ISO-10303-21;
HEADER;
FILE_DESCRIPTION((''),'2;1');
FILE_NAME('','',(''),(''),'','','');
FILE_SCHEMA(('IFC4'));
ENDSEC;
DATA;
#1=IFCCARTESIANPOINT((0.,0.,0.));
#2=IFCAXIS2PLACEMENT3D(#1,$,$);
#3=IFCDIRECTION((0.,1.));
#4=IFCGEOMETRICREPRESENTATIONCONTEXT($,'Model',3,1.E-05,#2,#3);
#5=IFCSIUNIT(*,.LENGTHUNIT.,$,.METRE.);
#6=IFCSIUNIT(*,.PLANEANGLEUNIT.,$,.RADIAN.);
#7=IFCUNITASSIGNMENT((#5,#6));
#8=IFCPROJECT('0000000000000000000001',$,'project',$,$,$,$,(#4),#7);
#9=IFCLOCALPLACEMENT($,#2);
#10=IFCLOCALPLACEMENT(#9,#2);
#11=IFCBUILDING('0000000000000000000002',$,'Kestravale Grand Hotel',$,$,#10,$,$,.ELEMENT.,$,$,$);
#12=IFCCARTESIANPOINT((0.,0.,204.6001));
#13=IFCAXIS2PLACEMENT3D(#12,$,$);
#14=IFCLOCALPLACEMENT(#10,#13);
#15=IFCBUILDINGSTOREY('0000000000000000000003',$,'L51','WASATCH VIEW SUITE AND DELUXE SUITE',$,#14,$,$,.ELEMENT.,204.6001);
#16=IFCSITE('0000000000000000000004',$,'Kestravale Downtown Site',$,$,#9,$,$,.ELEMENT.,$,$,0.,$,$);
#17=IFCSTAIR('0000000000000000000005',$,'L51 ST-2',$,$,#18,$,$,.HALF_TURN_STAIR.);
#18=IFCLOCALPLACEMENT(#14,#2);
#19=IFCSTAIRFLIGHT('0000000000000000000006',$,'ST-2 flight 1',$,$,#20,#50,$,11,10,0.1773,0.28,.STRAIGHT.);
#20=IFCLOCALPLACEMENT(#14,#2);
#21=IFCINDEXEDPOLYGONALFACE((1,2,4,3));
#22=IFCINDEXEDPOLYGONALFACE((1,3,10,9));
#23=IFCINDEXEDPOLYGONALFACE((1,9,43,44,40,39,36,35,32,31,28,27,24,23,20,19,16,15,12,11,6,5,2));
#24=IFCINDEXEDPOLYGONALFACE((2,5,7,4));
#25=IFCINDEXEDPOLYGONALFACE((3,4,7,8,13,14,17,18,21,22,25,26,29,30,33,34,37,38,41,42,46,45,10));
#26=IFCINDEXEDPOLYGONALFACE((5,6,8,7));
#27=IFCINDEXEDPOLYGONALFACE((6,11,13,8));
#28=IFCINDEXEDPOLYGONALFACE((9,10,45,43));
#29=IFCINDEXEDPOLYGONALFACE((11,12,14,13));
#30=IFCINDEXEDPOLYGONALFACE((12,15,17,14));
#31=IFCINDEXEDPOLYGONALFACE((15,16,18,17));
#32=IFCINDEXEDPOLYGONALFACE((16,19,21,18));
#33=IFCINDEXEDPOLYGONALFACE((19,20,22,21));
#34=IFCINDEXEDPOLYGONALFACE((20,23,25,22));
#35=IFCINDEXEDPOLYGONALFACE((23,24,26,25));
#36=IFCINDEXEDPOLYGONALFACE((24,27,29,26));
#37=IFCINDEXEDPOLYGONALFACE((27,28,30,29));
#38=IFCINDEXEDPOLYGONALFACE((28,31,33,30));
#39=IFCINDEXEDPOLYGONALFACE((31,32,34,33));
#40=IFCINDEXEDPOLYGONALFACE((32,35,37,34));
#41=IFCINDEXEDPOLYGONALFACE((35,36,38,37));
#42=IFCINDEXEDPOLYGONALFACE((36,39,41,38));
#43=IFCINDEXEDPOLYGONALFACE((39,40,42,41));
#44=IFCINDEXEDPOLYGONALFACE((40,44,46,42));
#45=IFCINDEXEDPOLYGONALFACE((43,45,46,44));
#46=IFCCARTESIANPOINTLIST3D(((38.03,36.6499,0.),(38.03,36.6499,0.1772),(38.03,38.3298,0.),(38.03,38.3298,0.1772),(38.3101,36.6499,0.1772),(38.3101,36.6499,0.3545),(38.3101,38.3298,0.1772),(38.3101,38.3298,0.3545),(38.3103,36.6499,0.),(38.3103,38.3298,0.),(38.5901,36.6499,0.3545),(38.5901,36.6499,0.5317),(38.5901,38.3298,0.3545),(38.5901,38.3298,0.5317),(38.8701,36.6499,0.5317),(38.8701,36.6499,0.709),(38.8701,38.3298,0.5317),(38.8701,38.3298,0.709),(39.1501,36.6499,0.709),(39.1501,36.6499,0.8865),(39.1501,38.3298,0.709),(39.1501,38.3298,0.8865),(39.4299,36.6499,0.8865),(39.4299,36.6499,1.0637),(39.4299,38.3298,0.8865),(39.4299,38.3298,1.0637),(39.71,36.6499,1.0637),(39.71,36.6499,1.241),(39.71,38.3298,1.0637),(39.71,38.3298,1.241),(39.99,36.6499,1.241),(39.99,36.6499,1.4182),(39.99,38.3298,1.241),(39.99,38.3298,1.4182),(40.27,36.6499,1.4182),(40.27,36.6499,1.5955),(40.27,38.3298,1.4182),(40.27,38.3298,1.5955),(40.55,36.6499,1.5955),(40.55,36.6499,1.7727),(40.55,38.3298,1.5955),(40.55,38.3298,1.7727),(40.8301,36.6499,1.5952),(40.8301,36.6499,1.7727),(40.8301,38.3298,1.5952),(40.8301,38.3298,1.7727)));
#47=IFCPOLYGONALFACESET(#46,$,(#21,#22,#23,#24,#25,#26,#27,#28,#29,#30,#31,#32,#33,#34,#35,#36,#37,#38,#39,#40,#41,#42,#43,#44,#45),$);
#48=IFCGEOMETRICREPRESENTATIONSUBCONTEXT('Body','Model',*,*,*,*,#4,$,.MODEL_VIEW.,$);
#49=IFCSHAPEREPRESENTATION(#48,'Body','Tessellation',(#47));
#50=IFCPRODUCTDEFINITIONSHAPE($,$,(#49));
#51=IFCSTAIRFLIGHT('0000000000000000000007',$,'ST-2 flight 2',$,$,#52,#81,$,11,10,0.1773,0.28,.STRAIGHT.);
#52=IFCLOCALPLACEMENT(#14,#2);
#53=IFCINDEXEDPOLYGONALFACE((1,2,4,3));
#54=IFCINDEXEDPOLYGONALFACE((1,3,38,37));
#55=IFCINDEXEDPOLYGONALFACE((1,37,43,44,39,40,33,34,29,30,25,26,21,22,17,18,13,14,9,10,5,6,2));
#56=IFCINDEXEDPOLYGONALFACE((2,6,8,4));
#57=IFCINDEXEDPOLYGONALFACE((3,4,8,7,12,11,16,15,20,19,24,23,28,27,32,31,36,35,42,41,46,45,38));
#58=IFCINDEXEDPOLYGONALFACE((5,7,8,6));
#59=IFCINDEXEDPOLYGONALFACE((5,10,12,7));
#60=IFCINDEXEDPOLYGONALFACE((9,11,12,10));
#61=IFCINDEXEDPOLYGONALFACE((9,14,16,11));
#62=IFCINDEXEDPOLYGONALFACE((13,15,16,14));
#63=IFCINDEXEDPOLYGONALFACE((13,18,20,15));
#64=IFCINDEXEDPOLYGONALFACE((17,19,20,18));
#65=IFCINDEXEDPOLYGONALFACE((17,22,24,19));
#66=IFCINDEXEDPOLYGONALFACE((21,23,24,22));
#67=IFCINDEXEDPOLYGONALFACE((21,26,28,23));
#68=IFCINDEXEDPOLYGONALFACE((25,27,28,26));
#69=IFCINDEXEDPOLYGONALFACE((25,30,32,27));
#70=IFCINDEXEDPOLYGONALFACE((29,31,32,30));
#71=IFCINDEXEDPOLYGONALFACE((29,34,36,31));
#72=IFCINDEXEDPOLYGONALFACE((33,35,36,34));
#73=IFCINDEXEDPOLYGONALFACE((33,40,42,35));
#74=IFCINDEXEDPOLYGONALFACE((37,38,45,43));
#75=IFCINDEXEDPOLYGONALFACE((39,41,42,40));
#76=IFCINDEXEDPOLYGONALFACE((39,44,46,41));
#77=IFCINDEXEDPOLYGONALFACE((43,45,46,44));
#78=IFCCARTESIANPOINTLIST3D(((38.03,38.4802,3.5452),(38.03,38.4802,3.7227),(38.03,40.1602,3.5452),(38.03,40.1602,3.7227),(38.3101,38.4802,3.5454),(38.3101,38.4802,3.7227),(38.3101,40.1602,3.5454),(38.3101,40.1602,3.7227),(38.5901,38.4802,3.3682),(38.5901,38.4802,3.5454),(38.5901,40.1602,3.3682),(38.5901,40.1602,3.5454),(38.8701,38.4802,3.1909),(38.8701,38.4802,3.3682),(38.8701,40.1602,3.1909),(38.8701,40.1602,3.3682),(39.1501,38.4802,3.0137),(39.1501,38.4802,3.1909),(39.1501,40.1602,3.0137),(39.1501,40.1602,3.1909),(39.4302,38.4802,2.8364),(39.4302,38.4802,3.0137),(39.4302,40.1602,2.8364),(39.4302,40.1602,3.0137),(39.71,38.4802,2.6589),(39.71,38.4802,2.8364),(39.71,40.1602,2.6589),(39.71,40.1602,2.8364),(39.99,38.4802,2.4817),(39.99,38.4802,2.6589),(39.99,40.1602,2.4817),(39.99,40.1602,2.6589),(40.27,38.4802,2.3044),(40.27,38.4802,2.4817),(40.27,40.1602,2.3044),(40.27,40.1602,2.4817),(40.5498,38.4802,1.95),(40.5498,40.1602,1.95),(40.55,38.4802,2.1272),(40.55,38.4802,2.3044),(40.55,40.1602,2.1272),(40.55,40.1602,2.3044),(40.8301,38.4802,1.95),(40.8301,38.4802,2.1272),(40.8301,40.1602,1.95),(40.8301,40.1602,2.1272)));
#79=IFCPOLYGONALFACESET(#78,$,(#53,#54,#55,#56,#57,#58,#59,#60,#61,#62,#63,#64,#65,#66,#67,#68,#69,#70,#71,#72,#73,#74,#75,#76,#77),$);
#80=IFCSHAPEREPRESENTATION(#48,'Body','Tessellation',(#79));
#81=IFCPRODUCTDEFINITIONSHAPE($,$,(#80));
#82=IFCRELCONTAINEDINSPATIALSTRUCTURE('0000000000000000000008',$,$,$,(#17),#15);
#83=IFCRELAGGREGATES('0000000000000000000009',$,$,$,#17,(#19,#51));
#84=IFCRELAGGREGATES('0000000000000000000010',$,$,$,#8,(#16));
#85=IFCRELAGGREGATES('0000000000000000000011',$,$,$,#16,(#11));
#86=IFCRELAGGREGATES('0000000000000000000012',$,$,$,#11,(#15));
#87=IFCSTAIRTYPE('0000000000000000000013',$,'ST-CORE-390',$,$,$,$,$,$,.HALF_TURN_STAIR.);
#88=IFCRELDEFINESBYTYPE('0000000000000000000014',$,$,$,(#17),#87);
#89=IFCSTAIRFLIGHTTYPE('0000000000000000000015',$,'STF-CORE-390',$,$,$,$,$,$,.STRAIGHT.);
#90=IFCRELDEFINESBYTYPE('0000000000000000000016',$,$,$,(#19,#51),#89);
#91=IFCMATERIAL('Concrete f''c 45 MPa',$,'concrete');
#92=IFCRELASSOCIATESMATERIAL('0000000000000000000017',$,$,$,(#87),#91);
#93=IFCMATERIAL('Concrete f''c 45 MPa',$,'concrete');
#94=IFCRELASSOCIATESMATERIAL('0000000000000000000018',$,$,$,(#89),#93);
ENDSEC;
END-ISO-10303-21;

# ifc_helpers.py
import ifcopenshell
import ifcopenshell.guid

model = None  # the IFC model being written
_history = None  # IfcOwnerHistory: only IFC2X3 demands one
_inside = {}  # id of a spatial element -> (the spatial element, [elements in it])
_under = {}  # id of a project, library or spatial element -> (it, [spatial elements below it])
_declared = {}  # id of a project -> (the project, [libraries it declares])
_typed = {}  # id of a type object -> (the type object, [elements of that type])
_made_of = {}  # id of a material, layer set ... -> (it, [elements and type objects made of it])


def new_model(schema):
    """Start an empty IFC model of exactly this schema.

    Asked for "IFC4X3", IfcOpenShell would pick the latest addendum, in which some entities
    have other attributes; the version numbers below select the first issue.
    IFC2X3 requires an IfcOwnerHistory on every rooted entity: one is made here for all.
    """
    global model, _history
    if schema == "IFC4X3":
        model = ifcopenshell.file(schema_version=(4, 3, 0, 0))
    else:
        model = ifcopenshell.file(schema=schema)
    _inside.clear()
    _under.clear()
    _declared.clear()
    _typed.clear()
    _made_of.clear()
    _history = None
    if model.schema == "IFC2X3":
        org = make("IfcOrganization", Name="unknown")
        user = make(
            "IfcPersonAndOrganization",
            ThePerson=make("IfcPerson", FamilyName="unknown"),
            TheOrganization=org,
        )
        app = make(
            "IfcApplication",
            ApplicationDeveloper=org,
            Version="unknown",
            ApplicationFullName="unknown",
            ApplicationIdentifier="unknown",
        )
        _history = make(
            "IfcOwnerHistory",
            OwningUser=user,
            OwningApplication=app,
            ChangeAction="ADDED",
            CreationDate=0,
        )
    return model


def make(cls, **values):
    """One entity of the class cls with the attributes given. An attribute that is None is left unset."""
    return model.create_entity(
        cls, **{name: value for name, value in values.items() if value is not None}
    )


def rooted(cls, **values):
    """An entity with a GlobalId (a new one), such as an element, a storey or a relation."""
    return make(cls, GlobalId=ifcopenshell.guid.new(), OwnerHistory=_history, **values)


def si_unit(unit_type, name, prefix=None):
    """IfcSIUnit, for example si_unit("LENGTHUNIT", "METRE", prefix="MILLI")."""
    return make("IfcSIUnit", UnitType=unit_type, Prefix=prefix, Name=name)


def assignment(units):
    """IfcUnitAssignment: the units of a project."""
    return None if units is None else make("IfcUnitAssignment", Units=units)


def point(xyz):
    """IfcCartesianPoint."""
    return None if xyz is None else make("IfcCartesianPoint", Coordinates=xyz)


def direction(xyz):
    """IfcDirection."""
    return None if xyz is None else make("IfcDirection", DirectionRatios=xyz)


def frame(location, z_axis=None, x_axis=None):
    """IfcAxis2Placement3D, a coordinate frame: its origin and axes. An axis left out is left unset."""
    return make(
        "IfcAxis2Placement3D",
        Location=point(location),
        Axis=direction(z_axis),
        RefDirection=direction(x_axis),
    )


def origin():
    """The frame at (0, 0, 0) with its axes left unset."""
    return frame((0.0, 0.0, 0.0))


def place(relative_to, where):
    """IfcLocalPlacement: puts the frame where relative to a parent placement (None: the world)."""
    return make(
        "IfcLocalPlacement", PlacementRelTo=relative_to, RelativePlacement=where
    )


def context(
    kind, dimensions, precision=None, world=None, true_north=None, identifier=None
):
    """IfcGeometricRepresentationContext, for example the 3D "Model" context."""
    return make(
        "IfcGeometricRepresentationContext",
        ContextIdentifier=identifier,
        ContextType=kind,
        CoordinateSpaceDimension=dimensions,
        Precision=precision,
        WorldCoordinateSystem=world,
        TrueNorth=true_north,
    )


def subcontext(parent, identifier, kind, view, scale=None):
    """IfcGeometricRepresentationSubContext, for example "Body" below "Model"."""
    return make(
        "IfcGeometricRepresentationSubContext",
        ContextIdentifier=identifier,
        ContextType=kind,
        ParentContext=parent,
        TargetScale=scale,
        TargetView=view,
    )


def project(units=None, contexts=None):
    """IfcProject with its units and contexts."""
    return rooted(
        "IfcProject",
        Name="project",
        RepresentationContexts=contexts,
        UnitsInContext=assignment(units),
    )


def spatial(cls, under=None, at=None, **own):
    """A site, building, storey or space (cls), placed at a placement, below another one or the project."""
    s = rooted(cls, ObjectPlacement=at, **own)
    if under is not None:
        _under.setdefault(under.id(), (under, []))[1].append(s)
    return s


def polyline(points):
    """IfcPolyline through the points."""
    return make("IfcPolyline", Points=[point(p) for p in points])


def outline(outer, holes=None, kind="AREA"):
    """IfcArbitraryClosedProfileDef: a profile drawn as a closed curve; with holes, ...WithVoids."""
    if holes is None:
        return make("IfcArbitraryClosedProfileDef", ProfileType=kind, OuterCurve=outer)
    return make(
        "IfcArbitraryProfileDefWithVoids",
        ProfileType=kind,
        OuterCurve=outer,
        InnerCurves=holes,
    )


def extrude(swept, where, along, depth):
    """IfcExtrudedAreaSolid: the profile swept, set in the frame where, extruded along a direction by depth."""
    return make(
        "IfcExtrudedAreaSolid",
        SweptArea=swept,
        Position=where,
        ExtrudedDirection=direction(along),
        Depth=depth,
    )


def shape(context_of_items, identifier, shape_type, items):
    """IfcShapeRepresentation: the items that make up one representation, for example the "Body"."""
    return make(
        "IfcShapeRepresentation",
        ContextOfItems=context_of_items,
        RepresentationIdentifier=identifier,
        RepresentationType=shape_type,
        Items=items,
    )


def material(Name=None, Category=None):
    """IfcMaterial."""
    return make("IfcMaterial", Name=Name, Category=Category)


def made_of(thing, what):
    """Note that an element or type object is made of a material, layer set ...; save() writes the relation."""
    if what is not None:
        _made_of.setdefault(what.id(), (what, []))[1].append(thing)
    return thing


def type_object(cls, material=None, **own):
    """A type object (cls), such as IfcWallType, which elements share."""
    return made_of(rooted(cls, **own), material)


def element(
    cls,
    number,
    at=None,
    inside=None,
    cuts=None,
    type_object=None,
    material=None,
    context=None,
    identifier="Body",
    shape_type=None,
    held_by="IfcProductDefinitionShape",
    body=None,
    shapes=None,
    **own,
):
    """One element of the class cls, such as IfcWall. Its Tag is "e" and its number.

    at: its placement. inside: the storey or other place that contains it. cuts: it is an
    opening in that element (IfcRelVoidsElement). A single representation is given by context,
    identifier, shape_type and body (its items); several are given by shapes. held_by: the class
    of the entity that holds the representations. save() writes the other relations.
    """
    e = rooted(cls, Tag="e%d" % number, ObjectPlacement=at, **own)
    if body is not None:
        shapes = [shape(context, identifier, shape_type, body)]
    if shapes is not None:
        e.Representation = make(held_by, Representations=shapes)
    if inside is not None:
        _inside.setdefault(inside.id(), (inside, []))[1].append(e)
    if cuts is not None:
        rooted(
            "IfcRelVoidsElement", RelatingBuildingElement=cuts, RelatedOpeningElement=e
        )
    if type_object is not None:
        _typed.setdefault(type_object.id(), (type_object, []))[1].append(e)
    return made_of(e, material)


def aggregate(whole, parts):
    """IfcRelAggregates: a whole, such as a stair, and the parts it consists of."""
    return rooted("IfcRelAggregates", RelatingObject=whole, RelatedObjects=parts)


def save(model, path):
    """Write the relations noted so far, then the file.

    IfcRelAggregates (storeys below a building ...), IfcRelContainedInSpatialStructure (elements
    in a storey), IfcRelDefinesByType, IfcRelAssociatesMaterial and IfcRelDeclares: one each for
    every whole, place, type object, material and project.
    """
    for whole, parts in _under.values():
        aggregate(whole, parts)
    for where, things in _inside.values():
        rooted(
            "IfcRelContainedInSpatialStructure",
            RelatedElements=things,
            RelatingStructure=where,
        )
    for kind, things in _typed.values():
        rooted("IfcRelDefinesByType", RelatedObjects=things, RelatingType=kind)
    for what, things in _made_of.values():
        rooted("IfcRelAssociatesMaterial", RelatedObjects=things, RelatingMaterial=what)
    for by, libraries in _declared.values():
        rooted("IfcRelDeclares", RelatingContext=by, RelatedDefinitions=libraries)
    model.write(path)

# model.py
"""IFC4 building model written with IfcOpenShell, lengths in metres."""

from ifc_helpers import new_model, si_unit, direction, frame, origin, place, context, subcontext, project, spatial, polyline, outline, extrude, material, type_object, element, aggregate, save


model = new_model("IFC4")

# Units and contexts
model_context = context("Model", 3, precision=1e-05, world=origin(), true_north=direction((0.0, 1.0)))
body_context = subcontext(model_context, "Body", "Model", "MODEL_VIEW")
ifc_project = project(units=[si_unit("LENGTHUNIT", "METRE"), si_unit("PLANEANGLEUNIT", "RADIAN")], contexts=[model_context])

# Site, building, storey
site_placement = place(None, origin())
site = spatial("IfcSite", under=ifc_project, at=site_placement, Name="Kestravale Downtown Site", CompositionType="ELEMENT", RefElevation=0.0)
building_placement = place(site_placement, origin())
building = spatial("IfcBuilding", under=site, at=building_placement, Name="Kestravale Grand Hotel", CompositionType="ELEMENT")
storey_placement = place(building_placement, frame((0.0, 0.0, 204.6001)))
storey = spatial("IfcBuildingStorey", under=building, at=storey_placement, Name="L51", Description="WASATCH VIEW SUITE AND DELUXE SUITE", CompositionType="ELEMENT", Elevation=204.6001)

# Stair, stair flights
ifc_material_1 = material(Name="Concrete f'c 45 MPa", Category="concrete")
stair_type = type_object("IfcStairType", Name="ST-CORE-390", PredefinedType="HALF_TURN_STAIR", material=ifc_material_1)
stair_placement = place(storey_placement, origin())
stair = element("IfcStair", 1, at=stair_placement, inside=storey, type_object=stair_type, Name="L51 ST-2", PredefinedType="HALF_TURN_STAIR")
ifc_material_2 = material(Name="Concrete f'c 45 MPa", Category="concrete")
stair_flight_type = type_object("IfcStairFlightType", Name="STF-CORE-390", PredefinedType="STRAIGHT", material=ifc_material_2)
stair_flight_1_placement = place(storey_placement, frame((38.03, 37.49, 0.0), z_axis=(0.0, 0.0, 1.0), x_axis=(1.0, 0.0, 0.0)))
stair_flight_1 = element("IfcStairFlight", 2, at=stair_flight_1_placement, type_object=stair_flight_type, Name="ST-2 flight 1", NumberOfRisers=11, NumberOfTreads=10, PredefinedType="STRAIGHT", RiserHeight=0.1773, TreadLength=0.28, context=body_context, shape_type="SweptSolid", body=[
    extrude(outline(polyline([(0.0, 0.0), (0.0, 0.1772), (0.28, 0.1772), (0.28, 0.3545), (0.5601, 0.3545), (0.5601, 0.5317), (0.8401, 0.5317), (0.8401, 0.709), (1.1201, 0.709), (1.1201, 0.8865), (1.3999, 0.8865), (1.3999, 1.0637), (1.6799, 1.0637), (1.6799, 1.241), (1.96, 1.241), (1.96, 1.4182), (2.24, 1.4182), (2.24, 1.5955), (2.52, 1.5955), (2.52, 1.7727), (2.8, 1.7727), (2.8, 1.95), (2.8, 1.5952), (0.2803, 0.0), (0.0, 0.0)])), frame((0.0, 0.8398, 0.0), z_axis=(0.0, -1.0, 0.0), x_axis=(1.0, 0.0, 0.0)), (0.0, 0.0, 1.0), 1.6799),
])
stair_flight_2_placement = place(storey_placement, frame((40.8301, 39.3201, 1.95), z_axis=(0.0, 0.0, 1.0), x_axis=(-1.0, 0.0, 0.0)))
stair_flight_2 = element("IfcStairFlight", 3, at=stair_flight_2_placement, type_object=stair_flight_type, Name="ST-2 flight 2", NumberOfRisers=11, NumberOfTreads=10, PredefinedType="STRAIGHT", RiserHeight=0.1773, TreadLength=0.28, context=body_context, shape_type="SweptSolid", body=[
    extrude(outline(polyline([(0.0, 0.0), (0.0, 0.1772), (0.28, 0.1772), (0.28, 0.3545), (0.5601, 0.3545), (0.5601, 0.5317), (0.8401, 0.5317), (0.8401, 0.709), (1.1201, 0.709), (1.1201, 0.8865), (1.3999, 0.8865), (1.3999, 1.0637), (1.6799, 1.0637), (1.6799, 1.241), (1.96, 1.241), (1.96, 1.4182), (2.24, 1.4182), (2.24, 1.5955), (2.52, 1.5955), (2.52, 1.7727), (2.8, 1.7727), (2.8, 1.95), (2.8, 1.5952), (0.2803, 0.0), (0.0, 0.0)])), frame((0.0, 0.8398, 0.0), z_axis=(0.0, -1.0, 0.0), x_axis=(1.0, 0.0, 0.0)), (0.0, 0.0, 1.0), 1.6799),
])
aggregate(stair, [stair_flight_1, stair_flight_2])

save(model, "model.ifc")
